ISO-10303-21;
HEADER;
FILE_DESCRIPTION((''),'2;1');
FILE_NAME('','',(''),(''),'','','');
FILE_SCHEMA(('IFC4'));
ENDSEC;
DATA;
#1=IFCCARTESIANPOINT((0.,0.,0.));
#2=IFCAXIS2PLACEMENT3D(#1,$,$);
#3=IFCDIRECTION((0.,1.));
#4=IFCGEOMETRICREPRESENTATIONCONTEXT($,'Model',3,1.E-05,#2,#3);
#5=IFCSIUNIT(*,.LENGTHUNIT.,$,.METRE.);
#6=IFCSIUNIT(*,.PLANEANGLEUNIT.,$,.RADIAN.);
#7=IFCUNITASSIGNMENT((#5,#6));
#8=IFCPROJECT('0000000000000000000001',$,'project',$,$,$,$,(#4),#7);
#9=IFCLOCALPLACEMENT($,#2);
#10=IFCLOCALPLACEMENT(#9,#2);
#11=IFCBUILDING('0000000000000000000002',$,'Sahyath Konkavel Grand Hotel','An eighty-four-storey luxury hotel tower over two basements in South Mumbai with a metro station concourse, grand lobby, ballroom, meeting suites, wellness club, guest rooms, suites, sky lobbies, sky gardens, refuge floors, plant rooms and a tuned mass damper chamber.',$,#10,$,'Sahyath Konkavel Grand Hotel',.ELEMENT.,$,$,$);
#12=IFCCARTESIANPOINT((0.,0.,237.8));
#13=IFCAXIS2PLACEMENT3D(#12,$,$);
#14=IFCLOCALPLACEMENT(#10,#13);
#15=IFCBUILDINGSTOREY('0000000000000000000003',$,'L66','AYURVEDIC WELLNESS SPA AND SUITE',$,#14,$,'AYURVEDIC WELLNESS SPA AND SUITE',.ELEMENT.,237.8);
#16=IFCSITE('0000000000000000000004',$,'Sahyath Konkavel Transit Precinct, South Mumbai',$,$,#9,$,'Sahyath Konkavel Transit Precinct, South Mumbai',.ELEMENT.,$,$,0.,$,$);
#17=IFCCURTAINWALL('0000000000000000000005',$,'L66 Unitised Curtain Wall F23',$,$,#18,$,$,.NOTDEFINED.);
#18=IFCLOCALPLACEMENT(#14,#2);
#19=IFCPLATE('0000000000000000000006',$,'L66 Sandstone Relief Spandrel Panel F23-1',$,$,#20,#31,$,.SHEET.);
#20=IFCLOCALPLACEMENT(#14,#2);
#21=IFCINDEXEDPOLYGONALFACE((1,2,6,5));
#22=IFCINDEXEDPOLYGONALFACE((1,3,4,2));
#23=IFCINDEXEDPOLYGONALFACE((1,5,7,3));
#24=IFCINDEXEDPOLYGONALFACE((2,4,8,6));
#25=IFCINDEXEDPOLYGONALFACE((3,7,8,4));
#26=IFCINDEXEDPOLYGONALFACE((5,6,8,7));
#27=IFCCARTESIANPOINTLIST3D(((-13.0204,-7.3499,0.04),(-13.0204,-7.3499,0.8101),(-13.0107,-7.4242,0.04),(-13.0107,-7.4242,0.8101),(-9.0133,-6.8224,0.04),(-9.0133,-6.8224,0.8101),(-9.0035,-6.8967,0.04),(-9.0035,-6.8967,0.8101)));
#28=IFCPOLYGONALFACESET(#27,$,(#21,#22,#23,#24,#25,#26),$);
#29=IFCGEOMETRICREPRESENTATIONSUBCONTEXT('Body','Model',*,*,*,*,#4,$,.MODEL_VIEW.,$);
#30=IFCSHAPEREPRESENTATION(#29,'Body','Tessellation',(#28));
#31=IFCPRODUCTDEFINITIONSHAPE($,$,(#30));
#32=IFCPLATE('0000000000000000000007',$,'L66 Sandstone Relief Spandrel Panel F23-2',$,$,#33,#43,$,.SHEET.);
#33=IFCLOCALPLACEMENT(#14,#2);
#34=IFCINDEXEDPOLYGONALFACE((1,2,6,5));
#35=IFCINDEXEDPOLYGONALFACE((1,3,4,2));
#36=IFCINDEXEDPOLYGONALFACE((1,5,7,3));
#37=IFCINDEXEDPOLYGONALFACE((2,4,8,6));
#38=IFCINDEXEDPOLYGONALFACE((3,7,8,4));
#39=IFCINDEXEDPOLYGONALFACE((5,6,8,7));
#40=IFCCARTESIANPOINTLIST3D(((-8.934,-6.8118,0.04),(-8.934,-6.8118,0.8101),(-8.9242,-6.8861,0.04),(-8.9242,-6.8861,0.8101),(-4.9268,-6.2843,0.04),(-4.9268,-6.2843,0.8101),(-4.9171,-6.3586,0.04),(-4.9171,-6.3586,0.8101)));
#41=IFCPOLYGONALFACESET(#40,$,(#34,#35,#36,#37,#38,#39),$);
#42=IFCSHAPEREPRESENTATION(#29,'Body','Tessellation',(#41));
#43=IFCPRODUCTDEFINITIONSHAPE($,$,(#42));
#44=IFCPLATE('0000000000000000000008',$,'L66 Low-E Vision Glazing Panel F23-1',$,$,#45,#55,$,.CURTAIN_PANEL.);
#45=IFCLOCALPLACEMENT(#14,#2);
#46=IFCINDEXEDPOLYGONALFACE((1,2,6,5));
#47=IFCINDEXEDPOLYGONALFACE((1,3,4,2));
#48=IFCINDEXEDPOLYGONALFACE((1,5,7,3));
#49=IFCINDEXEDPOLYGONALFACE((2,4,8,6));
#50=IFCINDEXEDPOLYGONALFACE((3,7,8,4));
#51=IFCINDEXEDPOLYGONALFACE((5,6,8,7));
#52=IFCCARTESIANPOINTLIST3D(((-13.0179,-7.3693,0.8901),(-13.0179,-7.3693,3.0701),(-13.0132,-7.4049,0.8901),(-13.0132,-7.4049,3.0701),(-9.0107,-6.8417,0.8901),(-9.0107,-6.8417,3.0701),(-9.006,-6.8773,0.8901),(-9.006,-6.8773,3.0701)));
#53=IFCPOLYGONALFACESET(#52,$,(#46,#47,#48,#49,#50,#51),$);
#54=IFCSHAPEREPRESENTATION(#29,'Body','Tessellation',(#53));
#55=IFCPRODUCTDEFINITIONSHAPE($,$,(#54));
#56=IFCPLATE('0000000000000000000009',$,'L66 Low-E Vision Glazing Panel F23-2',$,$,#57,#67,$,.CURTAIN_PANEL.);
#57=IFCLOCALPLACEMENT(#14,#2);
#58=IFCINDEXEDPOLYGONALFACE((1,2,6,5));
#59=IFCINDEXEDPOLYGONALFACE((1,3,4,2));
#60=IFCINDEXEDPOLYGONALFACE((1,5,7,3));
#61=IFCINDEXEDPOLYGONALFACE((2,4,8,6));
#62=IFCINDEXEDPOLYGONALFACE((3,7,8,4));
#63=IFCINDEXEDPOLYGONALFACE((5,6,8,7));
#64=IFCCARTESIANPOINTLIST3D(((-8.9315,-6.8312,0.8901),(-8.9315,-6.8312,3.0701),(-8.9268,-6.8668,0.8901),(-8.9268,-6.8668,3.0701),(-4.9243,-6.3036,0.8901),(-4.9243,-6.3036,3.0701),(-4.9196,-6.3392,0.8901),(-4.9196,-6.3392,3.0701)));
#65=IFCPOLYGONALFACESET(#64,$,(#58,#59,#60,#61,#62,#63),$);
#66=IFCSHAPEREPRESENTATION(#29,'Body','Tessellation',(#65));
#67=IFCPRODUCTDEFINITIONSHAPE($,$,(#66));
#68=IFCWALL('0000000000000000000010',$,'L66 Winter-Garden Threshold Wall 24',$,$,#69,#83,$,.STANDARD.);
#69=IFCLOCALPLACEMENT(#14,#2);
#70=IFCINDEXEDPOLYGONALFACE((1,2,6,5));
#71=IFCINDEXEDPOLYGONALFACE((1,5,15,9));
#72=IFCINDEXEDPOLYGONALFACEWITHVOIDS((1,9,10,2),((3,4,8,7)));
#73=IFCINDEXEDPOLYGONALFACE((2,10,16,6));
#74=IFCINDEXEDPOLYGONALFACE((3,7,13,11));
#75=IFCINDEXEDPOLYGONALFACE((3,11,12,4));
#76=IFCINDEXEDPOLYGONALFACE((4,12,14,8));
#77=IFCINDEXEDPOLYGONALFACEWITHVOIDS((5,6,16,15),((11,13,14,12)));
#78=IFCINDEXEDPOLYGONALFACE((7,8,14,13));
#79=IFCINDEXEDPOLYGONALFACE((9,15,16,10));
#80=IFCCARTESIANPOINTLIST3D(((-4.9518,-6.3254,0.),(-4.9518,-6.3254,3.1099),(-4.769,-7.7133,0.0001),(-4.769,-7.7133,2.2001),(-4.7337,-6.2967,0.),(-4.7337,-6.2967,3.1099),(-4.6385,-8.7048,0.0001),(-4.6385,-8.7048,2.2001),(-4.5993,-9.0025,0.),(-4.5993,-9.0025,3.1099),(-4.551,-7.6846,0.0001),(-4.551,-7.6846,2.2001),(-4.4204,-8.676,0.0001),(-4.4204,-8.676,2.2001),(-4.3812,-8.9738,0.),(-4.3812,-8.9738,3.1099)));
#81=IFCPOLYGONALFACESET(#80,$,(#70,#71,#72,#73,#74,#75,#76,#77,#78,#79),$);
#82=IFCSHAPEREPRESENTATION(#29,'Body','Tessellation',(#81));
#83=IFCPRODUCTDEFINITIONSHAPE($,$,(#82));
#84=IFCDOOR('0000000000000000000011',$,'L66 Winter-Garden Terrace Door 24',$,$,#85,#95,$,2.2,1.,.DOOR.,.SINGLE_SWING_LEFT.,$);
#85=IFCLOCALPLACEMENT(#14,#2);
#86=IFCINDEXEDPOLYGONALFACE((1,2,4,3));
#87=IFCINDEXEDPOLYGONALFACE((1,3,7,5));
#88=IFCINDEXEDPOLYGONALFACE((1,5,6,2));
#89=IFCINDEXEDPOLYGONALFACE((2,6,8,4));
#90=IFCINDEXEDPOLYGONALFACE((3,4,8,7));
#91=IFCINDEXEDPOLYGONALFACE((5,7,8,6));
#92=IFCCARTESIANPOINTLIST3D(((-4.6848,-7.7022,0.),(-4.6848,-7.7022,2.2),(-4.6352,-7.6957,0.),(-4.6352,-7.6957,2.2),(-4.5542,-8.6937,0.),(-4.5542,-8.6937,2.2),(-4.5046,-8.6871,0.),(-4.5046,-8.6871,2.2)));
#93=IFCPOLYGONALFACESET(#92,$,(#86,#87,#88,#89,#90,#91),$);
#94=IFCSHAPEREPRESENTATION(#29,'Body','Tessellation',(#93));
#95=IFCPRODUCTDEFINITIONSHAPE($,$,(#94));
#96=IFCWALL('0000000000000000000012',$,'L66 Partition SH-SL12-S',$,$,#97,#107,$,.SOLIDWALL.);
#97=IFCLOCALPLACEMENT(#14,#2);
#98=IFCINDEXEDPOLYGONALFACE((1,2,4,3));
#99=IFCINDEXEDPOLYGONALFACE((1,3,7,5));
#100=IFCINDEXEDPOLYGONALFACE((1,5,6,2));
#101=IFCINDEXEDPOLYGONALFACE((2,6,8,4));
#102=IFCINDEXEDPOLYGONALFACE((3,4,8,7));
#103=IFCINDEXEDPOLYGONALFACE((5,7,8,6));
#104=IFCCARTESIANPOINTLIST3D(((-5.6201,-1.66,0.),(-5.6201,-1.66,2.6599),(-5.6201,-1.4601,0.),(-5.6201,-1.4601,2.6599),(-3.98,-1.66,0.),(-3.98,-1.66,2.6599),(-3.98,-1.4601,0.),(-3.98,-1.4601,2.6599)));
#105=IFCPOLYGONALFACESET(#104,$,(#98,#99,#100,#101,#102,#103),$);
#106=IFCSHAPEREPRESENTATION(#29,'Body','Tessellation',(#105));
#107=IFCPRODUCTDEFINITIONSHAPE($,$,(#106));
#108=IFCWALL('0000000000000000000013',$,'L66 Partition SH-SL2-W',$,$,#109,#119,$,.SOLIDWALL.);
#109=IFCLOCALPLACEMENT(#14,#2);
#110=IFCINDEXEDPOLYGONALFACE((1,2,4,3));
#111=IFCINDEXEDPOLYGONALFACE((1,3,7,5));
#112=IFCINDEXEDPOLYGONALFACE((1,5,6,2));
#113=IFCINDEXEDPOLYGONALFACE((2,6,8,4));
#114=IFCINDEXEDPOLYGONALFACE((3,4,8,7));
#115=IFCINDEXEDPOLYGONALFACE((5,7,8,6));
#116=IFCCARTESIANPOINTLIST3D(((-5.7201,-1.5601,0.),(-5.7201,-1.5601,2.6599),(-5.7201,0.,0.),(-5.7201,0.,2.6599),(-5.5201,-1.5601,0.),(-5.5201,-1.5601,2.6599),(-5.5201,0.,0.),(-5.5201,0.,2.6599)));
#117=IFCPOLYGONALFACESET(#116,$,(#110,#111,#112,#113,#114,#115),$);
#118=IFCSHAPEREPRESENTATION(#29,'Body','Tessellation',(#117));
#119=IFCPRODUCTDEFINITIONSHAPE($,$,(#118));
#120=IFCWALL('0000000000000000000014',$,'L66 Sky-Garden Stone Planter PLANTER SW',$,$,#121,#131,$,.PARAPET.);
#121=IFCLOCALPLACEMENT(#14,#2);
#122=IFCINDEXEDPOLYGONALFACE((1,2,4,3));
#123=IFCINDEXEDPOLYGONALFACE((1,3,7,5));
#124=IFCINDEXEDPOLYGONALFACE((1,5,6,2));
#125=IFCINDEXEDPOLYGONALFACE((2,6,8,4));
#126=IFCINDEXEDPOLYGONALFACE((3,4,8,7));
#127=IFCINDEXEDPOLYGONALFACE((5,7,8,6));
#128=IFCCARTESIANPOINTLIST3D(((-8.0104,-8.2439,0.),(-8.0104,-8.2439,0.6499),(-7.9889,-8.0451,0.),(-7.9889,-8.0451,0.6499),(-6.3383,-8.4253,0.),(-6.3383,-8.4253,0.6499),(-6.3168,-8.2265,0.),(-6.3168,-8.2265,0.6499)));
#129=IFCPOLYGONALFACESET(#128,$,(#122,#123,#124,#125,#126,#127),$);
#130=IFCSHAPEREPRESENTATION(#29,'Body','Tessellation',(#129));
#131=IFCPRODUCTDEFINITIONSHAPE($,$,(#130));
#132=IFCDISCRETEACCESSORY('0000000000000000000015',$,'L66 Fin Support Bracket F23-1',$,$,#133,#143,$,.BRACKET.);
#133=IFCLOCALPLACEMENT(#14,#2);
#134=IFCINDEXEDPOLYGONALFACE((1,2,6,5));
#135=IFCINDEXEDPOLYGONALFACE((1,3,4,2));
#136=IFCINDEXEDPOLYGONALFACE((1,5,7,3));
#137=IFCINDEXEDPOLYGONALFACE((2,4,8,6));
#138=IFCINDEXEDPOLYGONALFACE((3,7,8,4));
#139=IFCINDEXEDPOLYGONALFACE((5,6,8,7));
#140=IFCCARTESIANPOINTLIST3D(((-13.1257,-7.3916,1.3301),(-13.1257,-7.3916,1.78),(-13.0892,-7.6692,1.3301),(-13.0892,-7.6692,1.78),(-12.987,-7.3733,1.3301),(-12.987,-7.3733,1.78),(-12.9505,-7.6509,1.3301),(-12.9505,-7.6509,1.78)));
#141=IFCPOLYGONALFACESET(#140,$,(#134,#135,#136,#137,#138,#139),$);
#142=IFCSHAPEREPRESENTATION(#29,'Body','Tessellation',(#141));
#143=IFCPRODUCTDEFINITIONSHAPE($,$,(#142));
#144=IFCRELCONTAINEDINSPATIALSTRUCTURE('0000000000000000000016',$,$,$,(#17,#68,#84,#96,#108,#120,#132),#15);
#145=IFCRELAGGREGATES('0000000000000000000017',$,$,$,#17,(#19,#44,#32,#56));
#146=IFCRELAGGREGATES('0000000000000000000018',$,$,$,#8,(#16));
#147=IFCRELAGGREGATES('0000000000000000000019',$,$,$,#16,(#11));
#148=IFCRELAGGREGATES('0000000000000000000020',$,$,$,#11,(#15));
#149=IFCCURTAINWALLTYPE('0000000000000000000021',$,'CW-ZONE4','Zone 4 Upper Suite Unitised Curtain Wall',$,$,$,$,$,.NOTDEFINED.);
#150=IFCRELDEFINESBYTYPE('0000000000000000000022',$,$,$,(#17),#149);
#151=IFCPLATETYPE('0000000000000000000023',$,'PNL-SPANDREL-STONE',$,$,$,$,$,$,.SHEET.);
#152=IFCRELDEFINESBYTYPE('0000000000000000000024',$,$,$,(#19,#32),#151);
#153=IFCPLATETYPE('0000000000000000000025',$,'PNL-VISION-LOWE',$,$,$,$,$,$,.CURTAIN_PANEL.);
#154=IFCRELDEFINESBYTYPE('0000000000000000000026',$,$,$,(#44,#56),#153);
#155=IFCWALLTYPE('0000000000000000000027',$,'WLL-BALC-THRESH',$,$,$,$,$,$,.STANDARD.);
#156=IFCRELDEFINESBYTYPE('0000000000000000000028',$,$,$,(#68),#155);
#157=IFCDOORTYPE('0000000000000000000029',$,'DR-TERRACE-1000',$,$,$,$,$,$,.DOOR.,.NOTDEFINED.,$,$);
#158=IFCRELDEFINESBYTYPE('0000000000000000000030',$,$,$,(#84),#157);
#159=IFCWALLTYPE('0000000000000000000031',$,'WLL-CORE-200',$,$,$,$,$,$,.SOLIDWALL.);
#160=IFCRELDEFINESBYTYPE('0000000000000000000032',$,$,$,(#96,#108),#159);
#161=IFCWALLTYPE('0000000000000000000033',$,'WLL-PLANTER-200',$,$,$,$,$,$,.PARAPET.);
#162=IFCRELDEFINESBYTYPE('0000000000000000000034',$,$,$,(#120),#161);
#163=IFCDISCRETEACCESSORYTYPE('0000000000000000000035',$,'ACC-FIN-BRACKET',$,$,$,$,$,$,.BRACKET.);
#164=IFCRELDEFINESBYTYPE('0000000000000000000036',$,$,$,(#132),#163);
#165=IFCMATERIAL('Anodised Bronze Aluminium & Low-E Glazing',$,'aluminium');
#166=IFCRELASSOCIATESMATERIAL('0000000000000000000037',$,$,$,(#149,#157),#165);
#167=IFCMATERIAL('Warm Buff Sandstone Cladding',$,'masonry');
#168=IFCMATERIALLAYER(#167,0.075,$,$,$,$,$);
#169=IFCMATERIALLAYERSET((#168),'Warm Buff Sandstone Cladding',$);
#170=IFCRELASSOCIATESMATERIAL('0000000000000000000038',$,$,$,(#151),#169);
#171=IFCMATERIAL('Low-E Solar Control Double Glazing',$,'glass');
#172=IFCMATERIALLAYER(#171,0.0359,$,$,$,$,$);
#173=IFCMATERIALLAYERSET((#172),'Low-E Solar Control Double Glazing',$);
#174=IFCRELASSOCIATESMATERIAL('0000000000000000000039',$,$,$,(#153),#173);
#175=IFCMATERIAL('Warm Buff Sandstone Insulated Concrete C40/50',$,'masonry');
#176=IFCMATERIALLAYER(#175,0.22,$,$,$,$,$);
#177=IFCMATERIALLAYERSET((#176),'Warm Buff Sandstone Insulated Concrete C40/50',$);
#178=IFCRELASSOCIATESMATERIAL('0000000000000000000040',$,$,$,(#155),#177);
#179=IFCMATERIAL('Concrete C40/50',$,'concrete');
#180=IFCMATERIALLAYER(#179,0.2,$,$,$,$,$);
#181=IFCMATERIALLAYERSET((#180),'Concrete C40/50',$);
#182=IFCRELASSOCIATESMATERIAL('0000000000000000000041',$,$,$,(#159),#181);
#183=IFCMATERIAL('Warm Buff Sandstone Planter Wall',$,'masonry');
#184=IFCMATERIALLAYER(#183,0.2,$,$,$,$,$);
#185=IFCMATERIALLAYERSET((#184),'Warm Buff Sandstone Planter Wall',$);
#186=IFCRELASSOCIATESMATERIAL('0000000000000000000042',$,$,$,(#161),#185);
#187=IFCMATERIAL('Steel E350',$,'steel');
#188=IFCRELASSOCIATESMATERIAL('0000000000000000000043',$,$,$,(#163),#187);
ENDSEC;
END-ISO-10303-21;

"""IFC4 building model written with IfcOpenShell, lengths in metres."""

from ifc_helpers import new_model, si_unit, direction, frame, frame_2d, origin, origin_2d, place, context, subcontext, project, spatial, rectangle, extrude, source, transform, mapped, material, layer, layer_set, type_object, element, fill, aggregate, save


model = new_model("IFC4")

# Units and contexts
model_context = context("Model", 3, precision=1e-05, world=origin(), true_north=direction((0.0, 1.0)))
body_context = subcontext(model_context, "Body", "Model", "MODEL_VIEW")
ifc_project = project(units=[si_unit("LENGTHUNIT", "METRE"), si_unit("PLANEANGLEUNIT", "RADIAN")], contexts=[model_context])

# Site, building, storey
site_placement = place(None, origin())
site = spatial("IfcSite", under=ifc_project, at=site_placement, Name="Sahyath Konkavel Transit Precinct, South Mumbai", LongName="Sahyath Konkavel Transit Precinct, South Mumbai", CompositionType="ELEMENT", RefElevation=0.0)
building_placement = place(site_placement, origin())
building = spatial("IfcBuilding", under=site, at=building_placement, Name="Sahyath Konkavel Grand Hotel", Description="An eighty-four-storey luxury hotel tower over two basements in South Mumbai with a metro station concourse, grand lobby, ballroom, meeting suites, wellness club, guest rooms, suites, sky lobbies, sky gardens, refuge floors, plant rooms and a tuned mass damper chamber.", LongName="Sahyath Konkavel Grand Hotel", CompositionType="ELEMENT")
storey_placement = place(building_placement, frame((0.0, 0.0, 237.8)))
storey = spatial("IfcBuildingStorey", under=building, at=storey_placement, Name="L66", Description="AYURVEDIC WELLNESS SPA AND SUITE", LongName="AYURVEDIC WELLNESS SPA AND SUITE", CompositionType="ELEMENT", Elevation=237.8)

# Shared definitions
ifc_material_1 = material(Name="Concrete C40/50", Category="concrete")

# Shared definitions
ifc_material_2 = material(Name="Steel E350", Category="steel")

# Curtain wall
ifc_material_3 = material(Name="Anodised Bronze Aluminium & Low-E Glazing", Category="aluminium")
curtain_wall_type = type_object("IfcCurtainWallType", Name="CW-ZONE4", Description="Zone 4 Upper Suite Unitised Curtain Wall", PredefinedType="NOTDEFINED", material=ifc_material_3)
curtain_wall_1_placement = place(storey_placement, origin())
curtain_wall_1 = element("IfcCurtainWall", 1, at=curtain_wall_1_placement, inside=storey, type_object=curtain_wall_type, Name="L66 Unitised Curtain Wall F23", PredefinedType="NOTDEFINED")

# Plates
ifc_material_4 = material(Name="Warm Buff Sandstone Cladding", Category="masonry")
ifc_layer_1 = layer(ifc_material_4, 0.075)
ifc_layer_set_1 = layer_set([ifc_layer_1], Name="Warm Buff Sandstone Cladding")
plate_type_1 = type_object("IfcPlateType", Name="PNL-SPANDREL-STONE", PredefinedType="SHEET", material=ifc_layer_set_1)
ifc_material_5 = material(Name="Low-E Solar Control Double Glazing", Category="glass")
ifc_layer_2 = layer(ifc_material_5, 0.0359)
ifc_layer_set_2 = layer_set([ifc_layer_2], Name="Low-E Solar Control Double Glazing")
plate_type_2 = type_object("IfcPlateType", Name="PNL-VISION-LOWE", PredefinedType="CURTAIN_PANEL", material=ifc_layer_set_2)
shared_shape_1 = source(origin(), body_context, "Body", "SweptSolid", [
    extrude(rectangle(XDim=4.0417, YDim=0.075, at=origin_2d()), origin(), (0.0, 0.0, 1.0), 0.77),
])
plate_1_placement = place(storey_placement, frame((-11.012, -7.1233, 0.04), z_axis=(0.0, 0.0, 1.0), x_axis=(0.991445, 0.130526, 0.0)))
plate_1 = element("IfcPlate", 2, at=plate_1_placement, type_object=plate_type_1, Name="L66 Sandstone Relief Spandrel Panel F23-1", PredefinedType="SHEET", context=body_context, shape_type="MappedRepresentation", body=[
    mapped(shared_shape_1, transform((0.0, 0.0, 0.0), scale=1.0)),
])
plate_2_placement = place(storey_placement, frame((-6.9255, -6.5852, 0.04), z_axis=(0.0, 0.0, 1.0), x_axis=(0.991445, 0.130526, 0.0)))
plate_2 = element("IfcPlate", 3, at=plate_2_placement, type_object=plate_type_1, Name="L66 Sandstone Relief Spandrel Panel F23-2", PredefinedType="SHEET", context=body_context, shape_type="MappedRepresentation", body=[
    mapped(shared_shape_1, transform((0.0, 0.0, 0.0), scale=1.0)),
])
shared_shape_2 = source(origin(), body_context, "Body", "SweptSolid", [
    extrude(rectangle(XDim=4.0417, YDim=0.0359, at=origin_2d()), origin(), (0.0, 0.0, 1.0), 2.1799),
])
plate_3_placement = place(storey_placement, frame((-11.012, -7.1233, 0.8901), z_axis=(0.0, 0.0, 1.0), x_axis=(0.991445, 0.130526, 0.0)))
plate_3 = element("IfcPlate", 4, at=plate_3_placement, type_object=plate_type_2, Name="L66 Low-E Vision Glazing Panel F23-1", PredefinedType="CURTAIN_PANEL", context=body_context, shape_type="MappedRepresentation", body=[
    mapped(shared_shape_2, transform((0.0, 0.0, 0.0), scale=1.0)),
])
plate_4_placement = place(storey_placement, frame((-6.9255, -6.5852, 0.8901), z_axis=(0.0, 0.0, 1.0), x_axis=(0.991445, 0.130526, 0.0)))
plate_4 = element("IfcPlate", 5, at=plate_4_placement, type_object=plate_type_2, Name="L66 Low-E Vision Glazing Panel F23-2", PredefinedType="CURTAIN_PANEL", context=body_context, shape_type="MappedRepresentation", body=[
    mapped(shared_shape_2, transform((0.0, 0.0, 0.0), scale=1.0)),
])
aggregate(curtain_wall_1, [plate_1, plate_3, plate_2, plate_4])

# Wall, opening, door
ifc_material_6 = material(Name="Warm Buff Sandstone Insulated Concrete C40/50", Category="masonry")
ifc_layer_3 = layer(ifc_material_6, 0.22)
ifc_layer_set_3 = layer_set([ifc_layer_3], Name="Warm Buff Sandstone Insulated Concrete C40/50")
wall_type_1 = type_object("IfcWallType", Name="WLL-BALC-THRESH", PredefinedType="STANDARD", material=ifc_layer_set_3)
wall_1_placement = place(storey_placement, frame((-4.8428, -6.311, 0.0), z_axis=(0.0, 0.0, 1.0), x_axis=(0.130564, -0.99144, 0.0)))
wall_1 = element("IfcWall", 6, at=wall_1_placement, inside=storey, type_object=wall_type_1, Name="L66 Winter-Garden Threshold Wall 24", PredefinedType="STANDARD", context=body_context, shape_type="SweptSolid", body=[
    extrude(rectangle(XDim=2.7002, YDim=0.22, at=frame_2d((1.3501, 0.0))), origin(), (0.0, 0.0, 1.0), 3.1099),
])
opening_placement = place(wall_1_placement, frame((1.3999, 0.0, 0.0)))
opening = element("IfcOpeningElement", 7, at=opening_placement, cuts=wall_1, PredefinedType="OPENING", context=body_context, shape_type="SweptSolid", body=[
    extrude(rectangle(XDim=1.0, YDim=2.2, at=frame_2d((0.5, 1.1001))), frame((0.0, 0.1201, 0.0), z_axis=(0.0, -1.0, 0.0), x_axis=(1.0, 0.0, 0.0)), (0.0, 0.0, 1.0), 0.24),
])
door_type = type_object("IfcDoorType", Name="DR-TERRACE-1000", OperationType="NOTDEFINED", PredefinedType="DOOR", material=ifc_material_3)
shared_shape_3 = source(origin(), body_context, "Body", "SweptSolid", [
    extrude(rectangle(XDim=1.0, YDim=0.05, at=origin_2d()), origin(), (0.0, 0.0, 1.0), 2.2),
])
door_placement = place(opening_placement, frame((0.5, 0.0, 0.0)))
door = element("IfcDoor", 8, at=door_placement, inside=storey, type_object=door_type, Name="L66 Winter-Garden Terrace Door 24", OperationType="SINGLE_SWING_LEFT", OverallHeight=2.2, OverallWidth=1.0, PredefinedType="DOOR", context=body_context, shape_type="MappedRepresentation", body=[
    mapped(shared_shape_3, transform((0.0, 0.0, 0.0), scale=1.0)),
])
fill(opening, door)

# Walls
ifc_layer_4 = layer(ifc_material_1, 0.2)
ifc_layer_set_4 = layer_set([ifc_layer_4], Name="Concrete C40/50")
wall_type_2 = type_object("IfcWallType", Name="WLL-CORE-200", PredefinedType="SOLIDWALL", material=ifc_layer_set_4)
wall_2_placement = place(storey_placement, frame((-5.6201, -1.5601, 0.0), z_axis=(0.0, 0.0, 1.0), x_axis=(1.0, 0.0, 0.0)))
element("IfcWall", 9, at=wall_2_placement, inside=storey, type_object=wall_type_2, Name="L66 Partition SH-SL12-S", PredefinedType="SOLIDWALL", context=body_context, shape_type="SweptSolid", body=[
    extrude(rectangle(XDim=1.6401, YDim=0.2, at=frame_2d((0.8201, 0.0))), origin(), (0.0, 0.0, 1.0), 2.6599),
])
wall_3_placement = place(storey_placement, frame((-5.6201, -1.5601, 0.0), z_axis=(0.0, 0.0, 1.0), x_axis=(0.0, 1.0, 0.0)))
element("IfcWall", 10, at=wall_3_placement, inside=storey, type_object=wall_type_2, Name="L66 Partition SH-SL2-W", PredefinedType="SOLIDWALL", context=body_context, shape_type="SweptSolid", body=[
    extrude(rectangle(XDim=1.5601, YDim=0.2, at=frame_2d((0.78, 0.0))), origin(), (0.0, 0.0, 1.0), 2.6599),
])
ifc_material_7 = material(Name="Warm Buff Sandstone Planter Wall", Category="masonry")
ifc_layer_5 = layer(ifc_material_7, 0.2)
ifc_layer_set_5 = layer_set([ifc_layer_5], Name="Warm Buff Sandstone Planter Wall")
wall_type_3 = type_object("IfcWallType", Name="WLL-PLANTER-200", PredefinedType="PARAPET", material=ifc_layer_set_5)
wall_4_placement = place(storey_placement, frame((-7.9995, -8.1445, 0.0), z_axis=(0.0, 0.0, 1.0), x_axis=(0.994167, -0.10785, 0.0)))
element("IfcWall", 11, at=wall_4_placement, inside=storey, type_object=wall_type_3, Name="L66 Sky-Garden Stone Planter PLANTER SW", PredefinedType="PARAPET", context=body_context, shape_type="SweptSolid", body=[
    extrude(rectangle(XDim=1.6819, YDim=0.2, at=frame_2d((0.8408, 0.0))), origin(), (0.0, 0.0, 1.0), 0.6499),
])

# Discrete accessory
discrete_accessory_type = type_object("IfcDiscreteAccessoryType", Name="ACC-FIN-BRACKET", PredefinedType="BRACKET", material=ifc_material_2)
shared_shape_4 = source(origin(), body_context, "Body", "SweptSolid", [
    extrude(rectangle(XDim=0.28, YDim=0.1399, at=origin_2d()), origin(), (0.0, 0.0, 1.0), 0.45),
])
discrete_accessory_placement = place(storey_placement, frame((-13.0381, -7.5212, 1.3301), z_axis=(0.0, 0.0, 1.0), x_axis=(0.130526, -0.991445, 0.0)))
element("IfcDiscreteAccessory", 12, at=discrete_accessory_placement, inside=storey, type_object=discrete_accessory_type, Name="L66 Fin Support Bracket F23-1", PredefinedType="BRACKET", context=body_context, shape_type="MappedRepresentation", body=[
    mapped(shared_shape_4, transform((0.0, 0.0, 0.0), scale=1.0)),
])

save(model, "model.ifc")
